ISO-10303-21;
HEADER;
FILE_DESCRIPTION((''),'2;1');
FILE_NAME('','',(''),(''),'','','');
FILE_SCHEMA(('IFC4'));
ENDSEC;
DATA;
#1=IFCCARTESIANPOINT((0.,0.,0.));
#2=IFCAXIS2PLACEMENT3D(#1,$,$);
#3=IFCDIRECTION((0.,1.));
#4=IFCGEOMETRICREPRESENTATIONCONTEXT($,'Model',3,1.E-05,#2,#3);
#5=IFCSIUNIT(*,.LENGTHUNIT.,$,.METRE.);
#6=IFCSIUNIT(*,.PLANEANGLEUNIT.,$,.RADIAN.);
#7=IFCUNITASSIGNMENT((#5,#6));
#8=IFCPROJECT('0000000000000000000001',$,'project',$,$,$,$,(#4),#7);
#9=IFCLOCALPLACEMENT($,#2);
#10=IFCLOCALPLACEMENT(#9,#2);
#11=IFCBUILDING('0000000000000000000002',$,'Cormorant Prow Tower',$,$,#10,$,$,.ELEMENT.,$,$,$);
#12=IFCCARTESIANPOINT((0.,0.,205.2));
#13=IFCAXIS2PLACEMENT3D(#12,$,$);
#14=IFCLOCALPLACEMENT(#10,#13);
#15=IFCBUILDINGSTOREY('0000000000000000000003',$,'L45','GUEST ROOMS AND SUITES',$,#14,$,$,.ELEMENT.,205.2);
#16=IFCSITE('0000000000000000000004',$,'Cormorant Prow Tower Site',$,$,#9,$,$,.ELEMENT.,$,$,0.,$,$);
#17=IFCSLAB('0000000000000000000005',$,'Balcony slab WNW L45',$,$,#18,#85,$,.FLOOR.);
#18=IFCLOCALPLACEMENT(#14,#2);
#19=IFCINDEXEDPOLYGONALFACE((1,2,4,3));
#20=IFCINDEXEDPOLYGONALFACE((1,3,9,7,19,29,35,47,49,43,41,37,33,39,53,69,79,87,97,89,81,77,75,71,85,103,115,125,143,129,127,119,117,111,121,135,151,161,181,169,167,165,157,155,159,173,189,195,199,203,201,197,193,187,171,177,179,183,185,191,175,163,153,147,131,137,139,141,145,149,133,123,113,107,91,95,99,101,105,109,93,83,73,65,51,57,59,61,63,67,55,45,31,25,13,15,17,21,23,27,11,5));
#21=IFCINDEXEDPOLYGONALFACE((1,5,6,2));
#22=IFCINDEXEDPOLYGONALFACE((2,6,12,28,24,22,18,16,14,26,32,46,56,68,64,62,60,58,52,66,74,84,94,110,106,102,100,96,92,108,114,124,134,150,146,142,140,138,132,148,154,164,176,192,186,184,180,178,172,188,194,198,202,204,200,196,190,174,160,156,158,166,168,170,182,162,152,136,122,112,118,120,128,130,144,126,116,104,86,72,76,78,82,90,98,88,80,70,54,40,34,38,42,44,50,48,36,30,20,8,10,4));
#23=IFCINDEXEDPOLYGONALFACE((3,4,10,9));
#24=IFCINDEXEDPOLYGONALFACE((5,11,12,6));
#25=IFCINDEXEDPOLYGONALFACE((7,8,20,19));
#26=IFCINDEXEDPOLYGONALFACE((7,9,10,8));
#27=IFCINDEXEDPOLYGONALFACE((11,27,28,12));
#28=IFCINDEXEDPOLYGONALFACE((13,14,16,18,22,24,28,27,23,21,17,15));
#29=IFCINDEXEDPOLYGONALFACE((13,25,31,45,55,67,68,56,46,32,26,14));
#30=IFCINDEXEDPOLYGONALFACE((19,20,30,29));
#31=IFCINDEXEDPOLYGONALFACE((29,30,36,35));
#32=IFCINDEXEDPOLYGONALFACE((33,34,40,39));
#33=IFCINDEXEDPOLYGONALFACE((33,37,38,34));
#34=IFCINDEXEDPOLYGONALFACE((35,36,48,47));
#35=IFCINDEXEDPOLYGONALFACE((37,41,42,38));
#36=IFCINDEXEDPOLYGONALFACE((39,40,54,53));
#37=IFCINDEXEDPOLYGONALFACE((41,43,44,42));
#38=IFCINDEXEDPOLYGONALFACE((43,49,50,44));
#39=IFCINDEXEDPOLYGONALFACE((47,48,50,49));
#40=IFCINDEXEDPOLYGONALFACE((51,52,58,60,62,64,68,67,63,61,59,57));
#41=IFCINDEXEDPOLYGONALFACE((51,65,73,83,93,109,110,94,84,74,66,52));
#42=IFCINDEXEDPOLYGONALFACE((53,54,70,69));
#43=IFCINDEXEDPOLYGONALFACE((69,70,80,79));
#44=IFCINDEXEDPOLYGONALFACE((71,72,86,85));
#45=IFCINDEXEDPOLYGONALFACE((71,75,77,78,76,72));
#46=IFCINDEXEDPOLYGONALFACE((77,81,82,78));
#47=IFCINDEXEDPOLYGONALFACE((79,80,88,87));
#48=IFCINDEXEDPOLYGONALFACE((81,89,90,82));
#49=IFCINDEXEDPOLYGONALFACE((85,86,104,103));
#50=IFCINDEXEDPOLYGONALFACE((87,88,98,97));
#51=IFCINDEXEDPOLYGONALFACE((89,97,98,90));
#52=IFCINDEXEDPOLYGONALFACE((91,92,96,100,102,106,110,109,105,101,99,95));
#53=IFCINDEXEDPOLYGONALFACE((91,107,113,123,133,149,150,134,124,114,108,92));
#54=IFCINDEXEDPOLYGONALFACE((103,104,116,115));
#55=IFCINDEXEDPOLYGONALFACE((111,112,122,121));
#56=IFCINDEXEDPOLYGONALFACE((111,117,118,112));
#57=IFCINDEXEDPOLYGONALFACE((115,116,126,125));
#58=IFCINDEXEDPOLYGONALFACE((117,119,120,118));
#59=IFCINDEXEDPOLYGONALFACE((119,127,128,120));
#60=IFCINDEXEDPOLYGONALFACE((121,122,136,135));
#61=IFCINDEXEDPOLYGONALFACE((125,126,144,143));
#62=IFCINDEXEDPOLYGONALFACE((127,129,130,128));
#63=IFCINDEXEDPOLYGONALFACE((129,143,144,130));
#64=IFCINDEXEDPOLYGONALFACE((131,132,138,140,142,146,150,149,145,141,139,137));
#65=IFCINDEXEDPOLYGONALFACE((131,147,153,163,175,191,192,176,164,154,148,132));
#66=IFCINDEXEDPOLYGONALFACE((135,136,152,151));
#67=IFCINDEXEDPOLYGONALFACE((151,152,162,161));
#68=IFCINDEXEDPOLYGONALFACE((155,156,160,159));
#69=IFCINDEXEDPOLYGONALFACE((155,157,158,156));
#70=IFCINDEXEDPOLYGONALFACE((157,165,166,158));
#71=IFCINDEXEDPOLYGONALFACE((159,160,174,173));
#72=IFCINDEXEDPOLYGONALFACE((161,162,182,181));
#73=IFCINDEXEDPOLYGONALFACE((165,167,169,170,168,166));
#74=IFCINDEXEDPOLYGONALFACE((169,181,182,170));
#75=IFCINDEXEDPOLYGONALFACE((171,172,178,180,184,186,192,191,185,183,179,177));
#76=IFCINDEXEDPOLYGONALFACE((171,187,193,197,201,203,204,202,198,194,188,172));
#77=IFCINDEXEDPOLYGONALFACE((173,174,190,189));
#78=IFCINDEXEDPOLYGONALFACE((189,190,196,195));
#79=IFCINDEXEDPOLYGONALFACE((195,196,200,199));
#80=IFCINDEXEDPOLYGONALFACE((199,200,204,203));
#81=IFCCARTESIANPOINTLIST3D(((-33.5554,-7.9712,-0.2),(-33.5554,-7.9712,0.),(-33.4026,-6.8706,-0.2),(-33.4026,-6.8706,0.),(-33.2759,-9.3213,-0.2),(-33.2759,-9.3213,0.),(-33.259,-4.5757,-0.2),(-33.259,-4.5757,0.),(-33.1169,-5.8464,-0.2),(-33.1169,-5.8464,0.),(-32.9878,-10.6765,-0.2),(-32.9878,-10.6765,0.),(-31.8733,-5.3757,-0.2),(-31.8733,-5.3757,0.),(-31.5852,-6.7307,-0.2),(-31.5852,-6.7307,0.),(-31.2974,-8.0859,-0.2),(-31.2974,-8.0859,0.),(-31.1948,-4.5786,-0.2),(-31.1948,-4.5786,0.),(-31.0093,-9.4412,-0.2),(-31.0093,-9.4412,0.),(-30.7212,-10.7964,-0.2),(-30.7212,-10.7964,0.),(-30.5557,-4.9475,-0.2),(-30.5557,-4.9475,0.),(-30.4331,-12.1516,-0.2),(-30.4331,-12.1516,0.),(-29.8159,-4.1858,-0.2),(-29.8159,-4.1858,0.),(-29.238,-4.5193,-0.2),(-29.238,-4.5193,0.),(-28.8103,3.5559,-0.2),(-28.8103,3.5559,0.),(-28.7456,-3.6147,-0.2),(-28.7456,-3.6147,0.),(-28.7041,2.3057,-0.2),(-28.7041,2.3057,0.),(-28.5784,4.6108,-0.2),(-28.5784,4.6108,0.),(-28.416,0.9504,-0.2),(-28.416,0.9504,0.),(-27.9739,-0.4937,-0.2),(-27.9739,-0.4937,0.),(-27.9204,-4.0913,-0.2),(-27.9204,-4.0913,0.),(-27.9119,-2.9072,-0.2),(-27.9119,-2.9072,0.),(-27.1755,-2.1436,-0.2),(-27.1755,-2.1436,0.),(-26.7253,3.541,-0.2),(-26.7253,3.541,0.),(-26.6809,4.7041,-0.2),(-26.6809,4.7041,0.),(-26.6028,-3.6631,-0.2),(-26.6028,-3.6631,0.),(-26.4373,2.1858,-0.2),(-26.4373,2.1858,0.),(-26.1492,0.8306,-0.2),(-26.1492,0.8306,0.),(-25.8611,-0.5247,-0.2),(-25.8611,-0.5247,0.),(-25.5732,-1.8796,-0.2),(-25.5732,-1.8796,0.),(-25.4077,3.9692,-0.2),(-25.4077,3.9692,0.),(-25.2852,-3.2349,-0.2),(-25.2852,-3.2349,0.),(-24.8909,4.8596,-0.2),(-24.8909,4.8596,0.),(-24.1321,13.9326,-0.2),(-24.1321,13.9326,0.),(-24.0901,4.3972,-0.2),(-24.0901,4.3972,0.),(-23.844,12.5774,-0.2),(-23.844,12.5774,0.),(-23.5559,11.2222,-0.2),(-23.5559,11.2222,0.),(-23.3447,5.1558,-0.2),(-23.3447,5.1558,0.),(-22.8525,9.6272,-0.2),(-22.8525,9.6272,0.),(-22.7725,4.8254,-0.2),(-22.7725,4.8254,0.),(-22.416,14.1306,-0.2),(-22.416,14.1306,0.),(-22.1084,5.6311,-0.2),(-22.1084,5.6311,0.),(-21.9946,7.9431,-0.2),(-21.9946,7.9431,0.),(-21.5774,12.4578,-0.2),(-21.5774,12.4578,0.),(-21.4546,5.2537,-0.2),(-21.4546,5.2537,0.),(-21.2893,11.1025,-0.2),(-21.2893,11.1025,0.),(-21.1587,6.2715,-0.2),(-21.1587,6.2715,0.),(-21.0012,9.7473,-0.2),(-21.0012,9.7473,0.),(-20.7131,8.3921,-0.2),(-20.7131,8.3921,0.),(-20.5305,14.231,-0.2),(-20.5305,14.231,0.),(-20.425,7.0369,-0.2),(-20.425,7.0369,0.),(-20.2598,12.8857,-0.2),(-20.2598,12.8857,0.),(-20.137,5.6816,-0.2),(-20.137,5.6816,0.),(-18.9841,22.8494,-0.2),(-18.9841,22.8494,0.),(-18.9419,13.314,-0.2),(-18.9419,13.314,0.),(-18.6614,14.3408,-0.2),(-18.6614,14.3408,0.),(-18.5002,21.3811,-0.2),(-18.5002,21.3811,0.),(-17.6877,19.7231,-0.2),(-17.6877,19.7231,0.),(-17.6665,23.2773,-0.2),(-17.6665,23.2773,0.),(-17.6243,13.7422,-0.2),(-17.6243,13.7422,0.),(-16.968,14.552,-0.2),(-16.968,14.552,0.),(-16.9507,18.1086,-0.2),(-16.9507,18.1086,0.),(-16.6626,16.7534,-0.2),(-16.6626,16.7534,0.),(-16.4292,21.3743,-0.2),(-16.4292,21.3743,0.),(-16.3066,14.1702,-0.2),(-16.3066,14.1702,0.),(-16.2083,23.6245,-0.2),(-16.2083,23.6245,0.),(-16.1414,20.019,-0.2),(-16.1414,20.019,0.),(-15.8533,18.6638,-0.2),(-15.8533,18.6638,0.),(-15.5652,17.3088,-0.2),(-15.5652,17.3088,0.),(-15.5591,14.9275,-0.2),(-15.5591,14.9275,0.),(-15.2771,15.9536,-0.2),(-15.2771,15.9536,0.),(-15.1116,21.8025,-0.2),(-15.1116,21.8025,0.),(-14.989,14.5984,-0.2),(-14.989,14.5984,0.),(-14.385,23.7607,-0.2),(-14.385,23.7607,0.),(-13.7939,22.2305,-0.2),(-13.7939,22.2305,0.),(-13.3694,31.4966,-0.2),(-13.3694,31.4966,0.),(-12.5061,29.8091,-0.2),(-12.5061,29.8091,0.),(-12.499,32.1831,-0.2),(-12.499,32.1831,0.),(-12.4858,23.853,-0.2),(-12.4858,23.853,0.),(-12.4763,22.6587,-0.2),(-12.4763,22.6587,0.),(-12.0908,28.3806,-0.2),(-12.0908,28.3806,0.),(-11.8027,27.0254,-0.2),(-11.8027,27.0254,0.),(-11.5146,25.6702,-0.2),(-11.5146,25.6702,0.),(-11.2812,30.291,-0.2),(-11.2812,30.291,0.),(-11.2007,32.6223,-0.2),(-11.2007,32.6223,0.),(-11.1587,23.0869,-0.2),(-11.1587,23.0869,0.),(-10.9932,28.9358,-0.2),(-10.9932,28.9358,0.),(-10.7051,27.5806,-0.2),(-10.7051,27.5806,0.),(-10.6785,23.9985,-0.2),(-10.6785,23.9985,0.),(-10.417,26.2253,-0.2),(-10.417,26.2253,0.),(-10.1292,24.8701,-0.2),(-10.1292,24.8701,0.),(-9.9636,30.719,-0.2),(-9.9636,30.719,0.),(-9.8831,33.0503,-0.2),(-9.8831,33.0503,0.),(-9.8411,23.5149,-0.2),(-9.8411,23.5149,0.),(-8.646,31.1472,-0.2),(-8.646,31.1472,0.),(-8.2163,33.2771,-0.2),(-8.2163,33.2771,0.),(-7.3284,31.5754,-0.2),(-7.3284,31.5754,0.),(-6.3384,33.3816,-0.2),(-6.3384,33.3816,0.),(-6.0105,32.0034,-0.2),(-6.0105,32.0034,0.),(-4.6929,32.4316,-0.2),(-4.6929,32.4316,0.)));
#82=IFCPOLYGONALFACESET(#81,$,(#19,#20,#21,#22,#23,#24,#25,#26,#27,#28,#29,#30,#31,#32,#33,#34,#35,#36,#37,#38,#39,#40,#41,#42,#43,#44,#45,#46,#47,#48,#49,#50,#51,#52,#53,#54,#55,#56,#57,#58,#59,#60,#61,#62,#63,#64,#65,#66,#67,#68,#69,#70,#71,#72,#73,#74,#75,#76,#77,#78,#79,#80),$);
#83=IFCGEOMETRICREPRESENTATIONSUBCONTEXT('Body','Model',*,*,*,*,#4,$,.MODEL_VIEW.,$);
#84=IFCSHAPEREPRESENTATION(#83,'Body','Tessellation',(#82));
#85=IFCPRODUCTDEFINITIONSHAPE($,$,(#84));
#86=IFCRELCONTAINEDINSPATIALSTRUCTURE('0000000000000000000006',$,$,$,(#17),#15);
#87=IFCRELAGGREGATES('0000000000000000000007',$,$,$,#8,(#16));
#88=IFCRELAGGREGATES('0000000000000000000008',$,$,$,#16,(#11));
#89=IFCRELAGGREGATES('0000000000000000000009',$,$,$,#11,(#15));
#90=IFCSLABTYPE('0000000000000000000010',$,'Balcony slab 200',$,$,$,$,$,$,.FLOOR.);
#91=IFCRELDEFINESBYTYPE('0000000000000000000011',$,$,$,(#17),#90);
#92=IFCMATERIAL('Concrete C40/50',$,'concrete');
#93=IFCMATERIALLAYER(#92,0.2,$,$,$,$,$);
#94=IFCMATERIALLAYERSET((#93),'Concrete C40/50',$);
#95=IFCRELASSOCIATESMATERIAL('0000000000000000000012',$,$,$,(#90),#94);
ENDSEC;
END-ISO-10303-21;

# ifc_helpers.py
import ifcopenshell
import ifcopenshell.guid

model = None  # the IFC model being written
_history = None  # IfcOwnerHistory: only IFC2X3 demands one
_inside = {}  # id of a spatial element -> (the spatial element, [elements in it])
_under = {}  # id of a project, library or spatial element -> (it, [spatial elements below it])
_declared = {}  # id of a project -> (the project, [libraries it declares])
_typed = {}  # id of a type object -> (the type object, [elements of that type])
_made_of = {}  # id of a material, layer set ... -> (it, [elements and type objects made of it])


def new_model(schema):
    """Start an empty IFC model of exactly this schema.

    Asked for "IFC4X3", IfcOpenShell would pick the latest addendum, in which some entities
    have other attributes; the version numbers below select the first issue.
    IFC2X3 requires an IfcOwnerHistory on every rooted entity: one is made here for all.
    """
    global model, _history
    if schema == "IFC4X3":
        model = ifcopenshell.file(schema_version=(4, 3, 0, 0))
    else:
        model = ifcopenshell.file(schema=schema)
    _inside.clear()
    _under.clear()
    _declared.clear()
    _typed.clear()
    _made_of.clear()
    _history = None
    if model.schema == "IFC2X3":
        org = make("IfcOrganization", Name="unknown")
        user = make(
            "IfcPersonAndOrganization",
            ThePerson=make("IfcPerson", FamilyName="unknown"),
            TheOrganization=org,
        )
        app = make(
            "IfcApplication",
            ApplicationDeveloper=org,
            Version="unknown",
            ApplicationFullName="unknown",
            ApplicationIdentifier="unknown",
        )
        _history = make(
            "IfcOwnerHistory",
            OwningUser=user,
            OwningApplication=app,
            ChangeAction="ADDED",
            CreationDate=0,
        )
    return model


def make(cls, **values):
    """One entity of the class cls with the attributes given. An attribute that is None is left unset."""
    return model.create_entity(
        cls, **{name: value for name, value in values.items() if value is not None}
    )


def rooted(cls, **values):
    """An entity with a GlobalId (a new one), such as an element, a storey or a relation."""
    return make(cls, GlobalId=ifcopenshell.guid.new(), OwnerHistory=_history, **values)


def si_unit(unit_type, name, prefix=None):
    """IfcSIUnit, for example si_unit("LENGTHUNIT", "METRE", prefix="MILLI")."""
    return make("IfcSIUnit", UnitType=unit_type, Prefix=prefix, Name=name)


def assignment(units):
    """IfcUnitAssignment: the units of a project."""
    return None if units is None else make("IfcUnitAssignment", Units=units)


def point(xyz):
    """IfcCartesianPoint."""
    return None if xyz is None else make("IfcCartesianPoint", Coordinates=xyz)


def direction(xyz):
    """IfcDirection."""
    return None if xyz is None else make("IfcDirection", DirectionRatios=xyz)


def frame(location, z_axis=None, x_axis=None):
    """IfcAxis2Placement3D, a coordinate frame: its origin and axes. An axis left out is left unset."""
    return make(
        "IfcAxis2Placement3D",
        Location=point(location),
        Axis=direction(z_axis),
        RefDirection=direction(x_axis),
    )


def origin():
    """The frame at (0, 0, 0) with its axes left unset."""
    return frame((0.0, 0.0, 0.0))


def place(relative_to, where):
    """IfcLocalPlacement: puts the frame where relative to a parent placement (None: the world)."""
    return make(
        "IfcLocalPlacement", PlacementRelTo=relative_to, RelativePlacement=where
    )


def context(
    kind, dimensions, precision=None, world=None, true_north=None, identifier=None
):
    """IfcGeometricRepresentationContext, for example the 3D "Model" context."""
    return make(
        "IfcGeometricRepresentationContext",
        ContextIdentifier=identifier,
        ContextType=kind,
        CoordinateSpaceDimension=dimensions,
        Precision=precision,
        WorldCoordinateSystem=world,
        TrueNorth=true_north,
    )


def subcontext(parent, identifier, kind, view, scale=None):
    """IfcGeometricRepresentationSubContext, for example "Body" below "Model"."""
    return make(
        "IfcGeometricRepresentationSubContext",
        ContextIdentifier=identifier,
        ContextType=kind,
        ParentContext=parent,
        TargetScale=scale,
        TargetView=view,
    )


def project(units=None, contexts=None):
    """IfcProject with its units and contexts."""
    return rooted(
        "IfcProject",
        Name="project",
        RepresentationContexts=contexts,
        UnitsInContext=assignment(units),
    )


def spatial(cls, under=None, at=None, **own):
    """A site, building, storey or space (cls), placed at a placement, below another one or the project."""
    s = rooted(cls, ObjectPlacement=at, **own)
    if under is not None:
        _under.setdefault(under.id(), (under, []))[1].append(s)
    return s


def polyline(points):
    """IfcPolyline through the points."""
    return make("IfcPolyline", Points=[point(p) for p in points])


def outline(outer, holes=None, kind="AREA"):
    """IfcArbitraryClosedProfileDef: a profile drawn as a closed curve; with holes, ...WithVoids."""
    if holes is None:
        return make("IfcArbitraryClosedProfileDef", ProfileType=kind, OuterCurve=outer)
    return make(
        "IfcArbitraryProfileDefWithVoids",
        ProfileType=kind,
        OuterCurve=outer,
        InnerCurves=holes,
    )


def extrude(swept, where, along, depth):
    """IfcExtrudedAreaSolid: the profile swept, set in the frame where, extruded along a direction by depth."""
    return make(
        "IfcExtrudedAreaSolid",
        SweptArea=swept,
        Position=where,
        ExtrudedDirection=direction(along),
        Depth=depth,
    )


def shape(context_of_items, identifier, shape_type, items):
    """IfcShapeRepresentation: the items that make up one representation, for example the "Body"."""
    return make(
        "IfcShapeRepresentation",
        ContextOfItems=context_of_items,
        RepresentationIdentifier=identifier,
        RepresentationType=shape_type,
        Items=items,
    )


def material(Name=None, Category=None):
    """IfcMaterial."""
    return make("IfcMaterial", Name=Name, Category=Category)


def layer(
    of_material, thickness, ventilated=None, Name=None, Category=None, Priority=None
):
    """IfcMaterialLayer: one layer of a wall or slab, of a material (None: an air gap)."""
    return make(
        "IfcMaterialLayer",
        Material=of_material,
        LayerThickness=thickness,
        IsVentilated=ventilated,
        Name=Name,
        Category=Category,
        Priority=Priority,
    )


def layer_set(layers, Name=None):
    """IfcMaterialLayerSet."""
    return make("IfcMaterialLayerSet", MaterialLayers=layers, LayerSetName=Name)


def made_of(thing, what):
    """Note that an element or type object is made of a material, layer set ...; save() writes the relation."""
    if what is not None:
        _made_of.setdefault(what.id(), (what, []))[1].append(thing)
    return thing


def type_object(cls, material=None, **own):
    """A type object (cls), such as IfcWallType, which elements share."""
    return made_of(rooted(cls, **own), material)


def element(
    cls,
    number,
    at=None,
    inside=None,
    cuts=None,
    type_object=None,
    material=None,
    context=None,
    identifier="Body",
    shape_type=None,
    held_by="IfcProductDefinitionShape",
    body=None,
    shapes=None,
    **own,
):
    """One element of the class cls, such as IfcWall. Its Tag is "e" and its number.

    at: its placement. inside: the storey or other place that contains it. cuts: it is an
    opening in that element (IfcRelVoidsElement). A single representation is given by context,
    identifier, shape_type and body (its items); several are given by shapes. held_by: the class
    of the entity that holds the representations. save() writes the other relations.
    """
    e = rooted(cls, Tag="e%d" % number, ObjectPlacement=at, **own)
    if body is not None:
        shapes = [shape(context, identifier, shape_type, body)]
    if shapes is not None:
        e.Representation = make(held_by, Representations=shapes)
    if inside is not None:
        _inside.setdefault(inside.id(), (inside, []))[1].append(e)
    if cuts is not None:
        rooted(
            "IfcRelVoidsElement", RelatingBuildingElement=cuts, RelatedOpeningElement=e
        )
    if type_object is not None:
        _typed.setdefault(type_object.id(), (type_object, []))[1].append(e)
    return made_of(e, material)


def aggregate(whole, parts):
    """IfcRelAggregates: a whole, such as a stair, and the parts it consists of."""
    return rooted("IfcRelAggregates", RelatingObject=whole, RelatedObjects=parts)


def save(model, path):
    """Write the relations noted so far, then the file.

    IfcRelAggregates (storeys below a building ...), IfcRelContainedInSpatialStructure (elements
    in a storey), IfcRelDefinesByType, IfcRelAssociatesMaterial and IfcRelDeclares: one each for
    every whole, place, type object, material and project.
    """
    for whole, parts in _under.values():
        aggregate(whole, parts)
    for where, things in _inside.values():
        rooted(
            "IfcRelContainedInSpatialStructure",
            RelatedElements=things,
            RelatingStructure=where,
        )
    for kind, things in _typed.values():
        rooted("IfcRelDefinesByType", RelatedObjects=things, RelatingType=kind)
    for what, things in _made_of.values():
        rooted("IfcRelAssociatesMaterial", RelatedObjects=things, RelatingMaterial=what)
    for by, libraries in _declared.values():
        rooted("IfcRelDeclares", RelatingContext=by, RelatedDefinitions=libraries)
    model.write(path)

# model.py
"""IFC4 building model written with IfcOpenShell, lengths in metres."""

from ifc_helpers import new_model, si_unit, direction, frame, origin, place, context, subcontext, project, spatial, polyline, outline, extrude, material, layer, layer_set, type_object, element, save


model = new_model("IFC4")

# Units and contexts
model_context = context("Model", 3, precision=1e-05, world=origin(), true_north=direction((0.0, 1.0)))
body_context = subcontext(model_context, "Body", "Model", "MODEL_VIEW")
ifc_project = project(units=[si_unit("LENGTHUNIT", "METRE"), si_unit("PLANEANGLEUNIT", "RADIAN")], contexts=[model_context])

# Site, building, storey
site_placement = place(None, origin())
site = spatial("IfcSite", under=ifc_project, at=site_placement, Name="Cormorant Prow Tower Site", CompositionType="ELEMENT", RefElevation=0.0)
building_placement = place(site_placement, origin())
building = spatial("IfcBuilding", under=site, at=building_placement, Name="Cormorant Prow Tower", CompositionType="ELEMENT")
storey_placement = place(building_placement, frame((0.0, 0.0, 205.2)))
storey = spatial("IfcBuildingStorey", under=building, at=storey_placement, Name="L45", Description="GUEST ROOMS AND SUITES", CompositionType="ELEMENT", Elevation=205.2)

# Slab
ifc_material_1 = material(Name="Concrete C40/50", Category="concrete")
ifc_layer_1 = layer(ifc_material_1, 0.2)
ifc_layer_set_1 = layer_set([ifc_layer_1], Name="Concrete C40/50")
slab_type_1 = type_object("IfcSlabType", Name="Balcony slab 200", PredefinedType="FLOOR", material=ifc_layer_set_1)
slab_1_placement = place(storey_placement, frame((0.0, 0.0, -0.2)))
element("IfcSlab", 1, at=slab_1_placement, inside=storey, type_object=slab_type_1, Name="Balcony slab WNW L45", PredefinedType="FLOOR", context=body_context, shape_type="SweptSolid", body=[
    extrude(outline(polyline([(-4.6929, 32.4316), (-6.3384, 33.3816), (-8.2163, 33.2771), (-9.8831, 33.0503), (-11.2007, 32.6223), (-12.499, 32.1831), (-13.3694, 31.4966), (-12.5061, 29.8091), (-12.0908, 28.3806), (-11.8027, 27.0254), (-11.5146, 25.6702), (-10.6785, 23.9985), (-12.4858, 23.853), (-14.385, 23.7607), (-16.2083, 23.6245), (-17.6665, 23.2773), (-18.9841, 22.8494), (-18.5002, 21.3811), (-17.6877, 19.7231), (-16.9507, 18.1086), (-16.6626, 16.7534), (-15.5591, 14.9275), (-16.968, 14.552), (-18.6614, 14.3408), (-20.5305, 14.231), (-22.416, 14.1306), (-24.1321, 13.9326), (-23.844, 12.5774), (-23.5559, 11.2222), (-22.8525, 9.6272), (-21.9946, 7.9431), (-21.1587, 6.2715), (-22.1084, 5.6311), (-23.3447, 5.1558), (-24.8909, 4.8596), (-26.6809, 4.7041), (-28.5784, 4.6108), (-28.8103, 3.5559), (-28.7041, 2.3057), (-28.416, 0.9504), (-27.9739, -0.4937), (-27.1755, -2.1436), (-27.9119, -2.9072), (-28.7456, -3.6147), (-29.8159, -4.1858), (-31.1948, -4.5786), (-33.259, -4.5757), (-33.1169, -5.8464), (-33.4026, -6.8706), (-33.5554, -7.9712), (-33.2759, -9.3213), (-32.9878, -10.6765), (-30.4331, -12.1516), (-30.7212, -10.7964), (-31.0093, -9.4412), (-31.2974, -8.0859), (-31.5852, -6.7307), (-31.8733, -5.3757), (-30.5557, -4.9475), (-29.238, -4.5193), (-27.9204, -4.0913), (-26.6028, -3.6631), (-25.2852, -3.2349), (-25.5732, -1.8796), (-25.8611, -0.5247), (-26.1492, 0.8306), (-26.4373, 2.1858), (-26.7253, 3.541), (-25.4077, 3.9692), (-24.0901, 4.3972), (-22.7725, 4.8254), (-21.4546, 5.2537), (-20.137, 5.6816), (-20.425, 7.0369), (-20.7131, 8.3921), (-21.0012, 9.7473), (-21.2893, 11.1025), (-21.5774, 12.4578), (-20.2598, 12.8857), (-18.9419, 13.314), (-17.6243, 13.7422), (-16.3066, 14.1702), (-14.989, 14.5984), (-15.2771, 15.9536), (-15.5652, 17.3088), (-15.8533, 18.6638), (-16.1414, 20.019), (-16.4292, 21.3743), (-15.1116, 21.8025), (-13.7939, 22.2305), (-12.4763, 22.6587), (-11.1587, 23.0869), (-9.8411, 23.5149), (-10.1292, 24.8701), (-10.417, 26.2253), (-10.7051, 27.5806), (-10.9932, 28.9358), (-11.2812, 30.291), (-9.9636, 30.719), (-8.646, 31.1472), (-7.3284, 31.5754), (-6.0105, 32.0034), (-4.6929, 32.4316)])), origin(), (0.0, 0.0, 1.0), 0.2),
])

save(model, "model.ifc")
